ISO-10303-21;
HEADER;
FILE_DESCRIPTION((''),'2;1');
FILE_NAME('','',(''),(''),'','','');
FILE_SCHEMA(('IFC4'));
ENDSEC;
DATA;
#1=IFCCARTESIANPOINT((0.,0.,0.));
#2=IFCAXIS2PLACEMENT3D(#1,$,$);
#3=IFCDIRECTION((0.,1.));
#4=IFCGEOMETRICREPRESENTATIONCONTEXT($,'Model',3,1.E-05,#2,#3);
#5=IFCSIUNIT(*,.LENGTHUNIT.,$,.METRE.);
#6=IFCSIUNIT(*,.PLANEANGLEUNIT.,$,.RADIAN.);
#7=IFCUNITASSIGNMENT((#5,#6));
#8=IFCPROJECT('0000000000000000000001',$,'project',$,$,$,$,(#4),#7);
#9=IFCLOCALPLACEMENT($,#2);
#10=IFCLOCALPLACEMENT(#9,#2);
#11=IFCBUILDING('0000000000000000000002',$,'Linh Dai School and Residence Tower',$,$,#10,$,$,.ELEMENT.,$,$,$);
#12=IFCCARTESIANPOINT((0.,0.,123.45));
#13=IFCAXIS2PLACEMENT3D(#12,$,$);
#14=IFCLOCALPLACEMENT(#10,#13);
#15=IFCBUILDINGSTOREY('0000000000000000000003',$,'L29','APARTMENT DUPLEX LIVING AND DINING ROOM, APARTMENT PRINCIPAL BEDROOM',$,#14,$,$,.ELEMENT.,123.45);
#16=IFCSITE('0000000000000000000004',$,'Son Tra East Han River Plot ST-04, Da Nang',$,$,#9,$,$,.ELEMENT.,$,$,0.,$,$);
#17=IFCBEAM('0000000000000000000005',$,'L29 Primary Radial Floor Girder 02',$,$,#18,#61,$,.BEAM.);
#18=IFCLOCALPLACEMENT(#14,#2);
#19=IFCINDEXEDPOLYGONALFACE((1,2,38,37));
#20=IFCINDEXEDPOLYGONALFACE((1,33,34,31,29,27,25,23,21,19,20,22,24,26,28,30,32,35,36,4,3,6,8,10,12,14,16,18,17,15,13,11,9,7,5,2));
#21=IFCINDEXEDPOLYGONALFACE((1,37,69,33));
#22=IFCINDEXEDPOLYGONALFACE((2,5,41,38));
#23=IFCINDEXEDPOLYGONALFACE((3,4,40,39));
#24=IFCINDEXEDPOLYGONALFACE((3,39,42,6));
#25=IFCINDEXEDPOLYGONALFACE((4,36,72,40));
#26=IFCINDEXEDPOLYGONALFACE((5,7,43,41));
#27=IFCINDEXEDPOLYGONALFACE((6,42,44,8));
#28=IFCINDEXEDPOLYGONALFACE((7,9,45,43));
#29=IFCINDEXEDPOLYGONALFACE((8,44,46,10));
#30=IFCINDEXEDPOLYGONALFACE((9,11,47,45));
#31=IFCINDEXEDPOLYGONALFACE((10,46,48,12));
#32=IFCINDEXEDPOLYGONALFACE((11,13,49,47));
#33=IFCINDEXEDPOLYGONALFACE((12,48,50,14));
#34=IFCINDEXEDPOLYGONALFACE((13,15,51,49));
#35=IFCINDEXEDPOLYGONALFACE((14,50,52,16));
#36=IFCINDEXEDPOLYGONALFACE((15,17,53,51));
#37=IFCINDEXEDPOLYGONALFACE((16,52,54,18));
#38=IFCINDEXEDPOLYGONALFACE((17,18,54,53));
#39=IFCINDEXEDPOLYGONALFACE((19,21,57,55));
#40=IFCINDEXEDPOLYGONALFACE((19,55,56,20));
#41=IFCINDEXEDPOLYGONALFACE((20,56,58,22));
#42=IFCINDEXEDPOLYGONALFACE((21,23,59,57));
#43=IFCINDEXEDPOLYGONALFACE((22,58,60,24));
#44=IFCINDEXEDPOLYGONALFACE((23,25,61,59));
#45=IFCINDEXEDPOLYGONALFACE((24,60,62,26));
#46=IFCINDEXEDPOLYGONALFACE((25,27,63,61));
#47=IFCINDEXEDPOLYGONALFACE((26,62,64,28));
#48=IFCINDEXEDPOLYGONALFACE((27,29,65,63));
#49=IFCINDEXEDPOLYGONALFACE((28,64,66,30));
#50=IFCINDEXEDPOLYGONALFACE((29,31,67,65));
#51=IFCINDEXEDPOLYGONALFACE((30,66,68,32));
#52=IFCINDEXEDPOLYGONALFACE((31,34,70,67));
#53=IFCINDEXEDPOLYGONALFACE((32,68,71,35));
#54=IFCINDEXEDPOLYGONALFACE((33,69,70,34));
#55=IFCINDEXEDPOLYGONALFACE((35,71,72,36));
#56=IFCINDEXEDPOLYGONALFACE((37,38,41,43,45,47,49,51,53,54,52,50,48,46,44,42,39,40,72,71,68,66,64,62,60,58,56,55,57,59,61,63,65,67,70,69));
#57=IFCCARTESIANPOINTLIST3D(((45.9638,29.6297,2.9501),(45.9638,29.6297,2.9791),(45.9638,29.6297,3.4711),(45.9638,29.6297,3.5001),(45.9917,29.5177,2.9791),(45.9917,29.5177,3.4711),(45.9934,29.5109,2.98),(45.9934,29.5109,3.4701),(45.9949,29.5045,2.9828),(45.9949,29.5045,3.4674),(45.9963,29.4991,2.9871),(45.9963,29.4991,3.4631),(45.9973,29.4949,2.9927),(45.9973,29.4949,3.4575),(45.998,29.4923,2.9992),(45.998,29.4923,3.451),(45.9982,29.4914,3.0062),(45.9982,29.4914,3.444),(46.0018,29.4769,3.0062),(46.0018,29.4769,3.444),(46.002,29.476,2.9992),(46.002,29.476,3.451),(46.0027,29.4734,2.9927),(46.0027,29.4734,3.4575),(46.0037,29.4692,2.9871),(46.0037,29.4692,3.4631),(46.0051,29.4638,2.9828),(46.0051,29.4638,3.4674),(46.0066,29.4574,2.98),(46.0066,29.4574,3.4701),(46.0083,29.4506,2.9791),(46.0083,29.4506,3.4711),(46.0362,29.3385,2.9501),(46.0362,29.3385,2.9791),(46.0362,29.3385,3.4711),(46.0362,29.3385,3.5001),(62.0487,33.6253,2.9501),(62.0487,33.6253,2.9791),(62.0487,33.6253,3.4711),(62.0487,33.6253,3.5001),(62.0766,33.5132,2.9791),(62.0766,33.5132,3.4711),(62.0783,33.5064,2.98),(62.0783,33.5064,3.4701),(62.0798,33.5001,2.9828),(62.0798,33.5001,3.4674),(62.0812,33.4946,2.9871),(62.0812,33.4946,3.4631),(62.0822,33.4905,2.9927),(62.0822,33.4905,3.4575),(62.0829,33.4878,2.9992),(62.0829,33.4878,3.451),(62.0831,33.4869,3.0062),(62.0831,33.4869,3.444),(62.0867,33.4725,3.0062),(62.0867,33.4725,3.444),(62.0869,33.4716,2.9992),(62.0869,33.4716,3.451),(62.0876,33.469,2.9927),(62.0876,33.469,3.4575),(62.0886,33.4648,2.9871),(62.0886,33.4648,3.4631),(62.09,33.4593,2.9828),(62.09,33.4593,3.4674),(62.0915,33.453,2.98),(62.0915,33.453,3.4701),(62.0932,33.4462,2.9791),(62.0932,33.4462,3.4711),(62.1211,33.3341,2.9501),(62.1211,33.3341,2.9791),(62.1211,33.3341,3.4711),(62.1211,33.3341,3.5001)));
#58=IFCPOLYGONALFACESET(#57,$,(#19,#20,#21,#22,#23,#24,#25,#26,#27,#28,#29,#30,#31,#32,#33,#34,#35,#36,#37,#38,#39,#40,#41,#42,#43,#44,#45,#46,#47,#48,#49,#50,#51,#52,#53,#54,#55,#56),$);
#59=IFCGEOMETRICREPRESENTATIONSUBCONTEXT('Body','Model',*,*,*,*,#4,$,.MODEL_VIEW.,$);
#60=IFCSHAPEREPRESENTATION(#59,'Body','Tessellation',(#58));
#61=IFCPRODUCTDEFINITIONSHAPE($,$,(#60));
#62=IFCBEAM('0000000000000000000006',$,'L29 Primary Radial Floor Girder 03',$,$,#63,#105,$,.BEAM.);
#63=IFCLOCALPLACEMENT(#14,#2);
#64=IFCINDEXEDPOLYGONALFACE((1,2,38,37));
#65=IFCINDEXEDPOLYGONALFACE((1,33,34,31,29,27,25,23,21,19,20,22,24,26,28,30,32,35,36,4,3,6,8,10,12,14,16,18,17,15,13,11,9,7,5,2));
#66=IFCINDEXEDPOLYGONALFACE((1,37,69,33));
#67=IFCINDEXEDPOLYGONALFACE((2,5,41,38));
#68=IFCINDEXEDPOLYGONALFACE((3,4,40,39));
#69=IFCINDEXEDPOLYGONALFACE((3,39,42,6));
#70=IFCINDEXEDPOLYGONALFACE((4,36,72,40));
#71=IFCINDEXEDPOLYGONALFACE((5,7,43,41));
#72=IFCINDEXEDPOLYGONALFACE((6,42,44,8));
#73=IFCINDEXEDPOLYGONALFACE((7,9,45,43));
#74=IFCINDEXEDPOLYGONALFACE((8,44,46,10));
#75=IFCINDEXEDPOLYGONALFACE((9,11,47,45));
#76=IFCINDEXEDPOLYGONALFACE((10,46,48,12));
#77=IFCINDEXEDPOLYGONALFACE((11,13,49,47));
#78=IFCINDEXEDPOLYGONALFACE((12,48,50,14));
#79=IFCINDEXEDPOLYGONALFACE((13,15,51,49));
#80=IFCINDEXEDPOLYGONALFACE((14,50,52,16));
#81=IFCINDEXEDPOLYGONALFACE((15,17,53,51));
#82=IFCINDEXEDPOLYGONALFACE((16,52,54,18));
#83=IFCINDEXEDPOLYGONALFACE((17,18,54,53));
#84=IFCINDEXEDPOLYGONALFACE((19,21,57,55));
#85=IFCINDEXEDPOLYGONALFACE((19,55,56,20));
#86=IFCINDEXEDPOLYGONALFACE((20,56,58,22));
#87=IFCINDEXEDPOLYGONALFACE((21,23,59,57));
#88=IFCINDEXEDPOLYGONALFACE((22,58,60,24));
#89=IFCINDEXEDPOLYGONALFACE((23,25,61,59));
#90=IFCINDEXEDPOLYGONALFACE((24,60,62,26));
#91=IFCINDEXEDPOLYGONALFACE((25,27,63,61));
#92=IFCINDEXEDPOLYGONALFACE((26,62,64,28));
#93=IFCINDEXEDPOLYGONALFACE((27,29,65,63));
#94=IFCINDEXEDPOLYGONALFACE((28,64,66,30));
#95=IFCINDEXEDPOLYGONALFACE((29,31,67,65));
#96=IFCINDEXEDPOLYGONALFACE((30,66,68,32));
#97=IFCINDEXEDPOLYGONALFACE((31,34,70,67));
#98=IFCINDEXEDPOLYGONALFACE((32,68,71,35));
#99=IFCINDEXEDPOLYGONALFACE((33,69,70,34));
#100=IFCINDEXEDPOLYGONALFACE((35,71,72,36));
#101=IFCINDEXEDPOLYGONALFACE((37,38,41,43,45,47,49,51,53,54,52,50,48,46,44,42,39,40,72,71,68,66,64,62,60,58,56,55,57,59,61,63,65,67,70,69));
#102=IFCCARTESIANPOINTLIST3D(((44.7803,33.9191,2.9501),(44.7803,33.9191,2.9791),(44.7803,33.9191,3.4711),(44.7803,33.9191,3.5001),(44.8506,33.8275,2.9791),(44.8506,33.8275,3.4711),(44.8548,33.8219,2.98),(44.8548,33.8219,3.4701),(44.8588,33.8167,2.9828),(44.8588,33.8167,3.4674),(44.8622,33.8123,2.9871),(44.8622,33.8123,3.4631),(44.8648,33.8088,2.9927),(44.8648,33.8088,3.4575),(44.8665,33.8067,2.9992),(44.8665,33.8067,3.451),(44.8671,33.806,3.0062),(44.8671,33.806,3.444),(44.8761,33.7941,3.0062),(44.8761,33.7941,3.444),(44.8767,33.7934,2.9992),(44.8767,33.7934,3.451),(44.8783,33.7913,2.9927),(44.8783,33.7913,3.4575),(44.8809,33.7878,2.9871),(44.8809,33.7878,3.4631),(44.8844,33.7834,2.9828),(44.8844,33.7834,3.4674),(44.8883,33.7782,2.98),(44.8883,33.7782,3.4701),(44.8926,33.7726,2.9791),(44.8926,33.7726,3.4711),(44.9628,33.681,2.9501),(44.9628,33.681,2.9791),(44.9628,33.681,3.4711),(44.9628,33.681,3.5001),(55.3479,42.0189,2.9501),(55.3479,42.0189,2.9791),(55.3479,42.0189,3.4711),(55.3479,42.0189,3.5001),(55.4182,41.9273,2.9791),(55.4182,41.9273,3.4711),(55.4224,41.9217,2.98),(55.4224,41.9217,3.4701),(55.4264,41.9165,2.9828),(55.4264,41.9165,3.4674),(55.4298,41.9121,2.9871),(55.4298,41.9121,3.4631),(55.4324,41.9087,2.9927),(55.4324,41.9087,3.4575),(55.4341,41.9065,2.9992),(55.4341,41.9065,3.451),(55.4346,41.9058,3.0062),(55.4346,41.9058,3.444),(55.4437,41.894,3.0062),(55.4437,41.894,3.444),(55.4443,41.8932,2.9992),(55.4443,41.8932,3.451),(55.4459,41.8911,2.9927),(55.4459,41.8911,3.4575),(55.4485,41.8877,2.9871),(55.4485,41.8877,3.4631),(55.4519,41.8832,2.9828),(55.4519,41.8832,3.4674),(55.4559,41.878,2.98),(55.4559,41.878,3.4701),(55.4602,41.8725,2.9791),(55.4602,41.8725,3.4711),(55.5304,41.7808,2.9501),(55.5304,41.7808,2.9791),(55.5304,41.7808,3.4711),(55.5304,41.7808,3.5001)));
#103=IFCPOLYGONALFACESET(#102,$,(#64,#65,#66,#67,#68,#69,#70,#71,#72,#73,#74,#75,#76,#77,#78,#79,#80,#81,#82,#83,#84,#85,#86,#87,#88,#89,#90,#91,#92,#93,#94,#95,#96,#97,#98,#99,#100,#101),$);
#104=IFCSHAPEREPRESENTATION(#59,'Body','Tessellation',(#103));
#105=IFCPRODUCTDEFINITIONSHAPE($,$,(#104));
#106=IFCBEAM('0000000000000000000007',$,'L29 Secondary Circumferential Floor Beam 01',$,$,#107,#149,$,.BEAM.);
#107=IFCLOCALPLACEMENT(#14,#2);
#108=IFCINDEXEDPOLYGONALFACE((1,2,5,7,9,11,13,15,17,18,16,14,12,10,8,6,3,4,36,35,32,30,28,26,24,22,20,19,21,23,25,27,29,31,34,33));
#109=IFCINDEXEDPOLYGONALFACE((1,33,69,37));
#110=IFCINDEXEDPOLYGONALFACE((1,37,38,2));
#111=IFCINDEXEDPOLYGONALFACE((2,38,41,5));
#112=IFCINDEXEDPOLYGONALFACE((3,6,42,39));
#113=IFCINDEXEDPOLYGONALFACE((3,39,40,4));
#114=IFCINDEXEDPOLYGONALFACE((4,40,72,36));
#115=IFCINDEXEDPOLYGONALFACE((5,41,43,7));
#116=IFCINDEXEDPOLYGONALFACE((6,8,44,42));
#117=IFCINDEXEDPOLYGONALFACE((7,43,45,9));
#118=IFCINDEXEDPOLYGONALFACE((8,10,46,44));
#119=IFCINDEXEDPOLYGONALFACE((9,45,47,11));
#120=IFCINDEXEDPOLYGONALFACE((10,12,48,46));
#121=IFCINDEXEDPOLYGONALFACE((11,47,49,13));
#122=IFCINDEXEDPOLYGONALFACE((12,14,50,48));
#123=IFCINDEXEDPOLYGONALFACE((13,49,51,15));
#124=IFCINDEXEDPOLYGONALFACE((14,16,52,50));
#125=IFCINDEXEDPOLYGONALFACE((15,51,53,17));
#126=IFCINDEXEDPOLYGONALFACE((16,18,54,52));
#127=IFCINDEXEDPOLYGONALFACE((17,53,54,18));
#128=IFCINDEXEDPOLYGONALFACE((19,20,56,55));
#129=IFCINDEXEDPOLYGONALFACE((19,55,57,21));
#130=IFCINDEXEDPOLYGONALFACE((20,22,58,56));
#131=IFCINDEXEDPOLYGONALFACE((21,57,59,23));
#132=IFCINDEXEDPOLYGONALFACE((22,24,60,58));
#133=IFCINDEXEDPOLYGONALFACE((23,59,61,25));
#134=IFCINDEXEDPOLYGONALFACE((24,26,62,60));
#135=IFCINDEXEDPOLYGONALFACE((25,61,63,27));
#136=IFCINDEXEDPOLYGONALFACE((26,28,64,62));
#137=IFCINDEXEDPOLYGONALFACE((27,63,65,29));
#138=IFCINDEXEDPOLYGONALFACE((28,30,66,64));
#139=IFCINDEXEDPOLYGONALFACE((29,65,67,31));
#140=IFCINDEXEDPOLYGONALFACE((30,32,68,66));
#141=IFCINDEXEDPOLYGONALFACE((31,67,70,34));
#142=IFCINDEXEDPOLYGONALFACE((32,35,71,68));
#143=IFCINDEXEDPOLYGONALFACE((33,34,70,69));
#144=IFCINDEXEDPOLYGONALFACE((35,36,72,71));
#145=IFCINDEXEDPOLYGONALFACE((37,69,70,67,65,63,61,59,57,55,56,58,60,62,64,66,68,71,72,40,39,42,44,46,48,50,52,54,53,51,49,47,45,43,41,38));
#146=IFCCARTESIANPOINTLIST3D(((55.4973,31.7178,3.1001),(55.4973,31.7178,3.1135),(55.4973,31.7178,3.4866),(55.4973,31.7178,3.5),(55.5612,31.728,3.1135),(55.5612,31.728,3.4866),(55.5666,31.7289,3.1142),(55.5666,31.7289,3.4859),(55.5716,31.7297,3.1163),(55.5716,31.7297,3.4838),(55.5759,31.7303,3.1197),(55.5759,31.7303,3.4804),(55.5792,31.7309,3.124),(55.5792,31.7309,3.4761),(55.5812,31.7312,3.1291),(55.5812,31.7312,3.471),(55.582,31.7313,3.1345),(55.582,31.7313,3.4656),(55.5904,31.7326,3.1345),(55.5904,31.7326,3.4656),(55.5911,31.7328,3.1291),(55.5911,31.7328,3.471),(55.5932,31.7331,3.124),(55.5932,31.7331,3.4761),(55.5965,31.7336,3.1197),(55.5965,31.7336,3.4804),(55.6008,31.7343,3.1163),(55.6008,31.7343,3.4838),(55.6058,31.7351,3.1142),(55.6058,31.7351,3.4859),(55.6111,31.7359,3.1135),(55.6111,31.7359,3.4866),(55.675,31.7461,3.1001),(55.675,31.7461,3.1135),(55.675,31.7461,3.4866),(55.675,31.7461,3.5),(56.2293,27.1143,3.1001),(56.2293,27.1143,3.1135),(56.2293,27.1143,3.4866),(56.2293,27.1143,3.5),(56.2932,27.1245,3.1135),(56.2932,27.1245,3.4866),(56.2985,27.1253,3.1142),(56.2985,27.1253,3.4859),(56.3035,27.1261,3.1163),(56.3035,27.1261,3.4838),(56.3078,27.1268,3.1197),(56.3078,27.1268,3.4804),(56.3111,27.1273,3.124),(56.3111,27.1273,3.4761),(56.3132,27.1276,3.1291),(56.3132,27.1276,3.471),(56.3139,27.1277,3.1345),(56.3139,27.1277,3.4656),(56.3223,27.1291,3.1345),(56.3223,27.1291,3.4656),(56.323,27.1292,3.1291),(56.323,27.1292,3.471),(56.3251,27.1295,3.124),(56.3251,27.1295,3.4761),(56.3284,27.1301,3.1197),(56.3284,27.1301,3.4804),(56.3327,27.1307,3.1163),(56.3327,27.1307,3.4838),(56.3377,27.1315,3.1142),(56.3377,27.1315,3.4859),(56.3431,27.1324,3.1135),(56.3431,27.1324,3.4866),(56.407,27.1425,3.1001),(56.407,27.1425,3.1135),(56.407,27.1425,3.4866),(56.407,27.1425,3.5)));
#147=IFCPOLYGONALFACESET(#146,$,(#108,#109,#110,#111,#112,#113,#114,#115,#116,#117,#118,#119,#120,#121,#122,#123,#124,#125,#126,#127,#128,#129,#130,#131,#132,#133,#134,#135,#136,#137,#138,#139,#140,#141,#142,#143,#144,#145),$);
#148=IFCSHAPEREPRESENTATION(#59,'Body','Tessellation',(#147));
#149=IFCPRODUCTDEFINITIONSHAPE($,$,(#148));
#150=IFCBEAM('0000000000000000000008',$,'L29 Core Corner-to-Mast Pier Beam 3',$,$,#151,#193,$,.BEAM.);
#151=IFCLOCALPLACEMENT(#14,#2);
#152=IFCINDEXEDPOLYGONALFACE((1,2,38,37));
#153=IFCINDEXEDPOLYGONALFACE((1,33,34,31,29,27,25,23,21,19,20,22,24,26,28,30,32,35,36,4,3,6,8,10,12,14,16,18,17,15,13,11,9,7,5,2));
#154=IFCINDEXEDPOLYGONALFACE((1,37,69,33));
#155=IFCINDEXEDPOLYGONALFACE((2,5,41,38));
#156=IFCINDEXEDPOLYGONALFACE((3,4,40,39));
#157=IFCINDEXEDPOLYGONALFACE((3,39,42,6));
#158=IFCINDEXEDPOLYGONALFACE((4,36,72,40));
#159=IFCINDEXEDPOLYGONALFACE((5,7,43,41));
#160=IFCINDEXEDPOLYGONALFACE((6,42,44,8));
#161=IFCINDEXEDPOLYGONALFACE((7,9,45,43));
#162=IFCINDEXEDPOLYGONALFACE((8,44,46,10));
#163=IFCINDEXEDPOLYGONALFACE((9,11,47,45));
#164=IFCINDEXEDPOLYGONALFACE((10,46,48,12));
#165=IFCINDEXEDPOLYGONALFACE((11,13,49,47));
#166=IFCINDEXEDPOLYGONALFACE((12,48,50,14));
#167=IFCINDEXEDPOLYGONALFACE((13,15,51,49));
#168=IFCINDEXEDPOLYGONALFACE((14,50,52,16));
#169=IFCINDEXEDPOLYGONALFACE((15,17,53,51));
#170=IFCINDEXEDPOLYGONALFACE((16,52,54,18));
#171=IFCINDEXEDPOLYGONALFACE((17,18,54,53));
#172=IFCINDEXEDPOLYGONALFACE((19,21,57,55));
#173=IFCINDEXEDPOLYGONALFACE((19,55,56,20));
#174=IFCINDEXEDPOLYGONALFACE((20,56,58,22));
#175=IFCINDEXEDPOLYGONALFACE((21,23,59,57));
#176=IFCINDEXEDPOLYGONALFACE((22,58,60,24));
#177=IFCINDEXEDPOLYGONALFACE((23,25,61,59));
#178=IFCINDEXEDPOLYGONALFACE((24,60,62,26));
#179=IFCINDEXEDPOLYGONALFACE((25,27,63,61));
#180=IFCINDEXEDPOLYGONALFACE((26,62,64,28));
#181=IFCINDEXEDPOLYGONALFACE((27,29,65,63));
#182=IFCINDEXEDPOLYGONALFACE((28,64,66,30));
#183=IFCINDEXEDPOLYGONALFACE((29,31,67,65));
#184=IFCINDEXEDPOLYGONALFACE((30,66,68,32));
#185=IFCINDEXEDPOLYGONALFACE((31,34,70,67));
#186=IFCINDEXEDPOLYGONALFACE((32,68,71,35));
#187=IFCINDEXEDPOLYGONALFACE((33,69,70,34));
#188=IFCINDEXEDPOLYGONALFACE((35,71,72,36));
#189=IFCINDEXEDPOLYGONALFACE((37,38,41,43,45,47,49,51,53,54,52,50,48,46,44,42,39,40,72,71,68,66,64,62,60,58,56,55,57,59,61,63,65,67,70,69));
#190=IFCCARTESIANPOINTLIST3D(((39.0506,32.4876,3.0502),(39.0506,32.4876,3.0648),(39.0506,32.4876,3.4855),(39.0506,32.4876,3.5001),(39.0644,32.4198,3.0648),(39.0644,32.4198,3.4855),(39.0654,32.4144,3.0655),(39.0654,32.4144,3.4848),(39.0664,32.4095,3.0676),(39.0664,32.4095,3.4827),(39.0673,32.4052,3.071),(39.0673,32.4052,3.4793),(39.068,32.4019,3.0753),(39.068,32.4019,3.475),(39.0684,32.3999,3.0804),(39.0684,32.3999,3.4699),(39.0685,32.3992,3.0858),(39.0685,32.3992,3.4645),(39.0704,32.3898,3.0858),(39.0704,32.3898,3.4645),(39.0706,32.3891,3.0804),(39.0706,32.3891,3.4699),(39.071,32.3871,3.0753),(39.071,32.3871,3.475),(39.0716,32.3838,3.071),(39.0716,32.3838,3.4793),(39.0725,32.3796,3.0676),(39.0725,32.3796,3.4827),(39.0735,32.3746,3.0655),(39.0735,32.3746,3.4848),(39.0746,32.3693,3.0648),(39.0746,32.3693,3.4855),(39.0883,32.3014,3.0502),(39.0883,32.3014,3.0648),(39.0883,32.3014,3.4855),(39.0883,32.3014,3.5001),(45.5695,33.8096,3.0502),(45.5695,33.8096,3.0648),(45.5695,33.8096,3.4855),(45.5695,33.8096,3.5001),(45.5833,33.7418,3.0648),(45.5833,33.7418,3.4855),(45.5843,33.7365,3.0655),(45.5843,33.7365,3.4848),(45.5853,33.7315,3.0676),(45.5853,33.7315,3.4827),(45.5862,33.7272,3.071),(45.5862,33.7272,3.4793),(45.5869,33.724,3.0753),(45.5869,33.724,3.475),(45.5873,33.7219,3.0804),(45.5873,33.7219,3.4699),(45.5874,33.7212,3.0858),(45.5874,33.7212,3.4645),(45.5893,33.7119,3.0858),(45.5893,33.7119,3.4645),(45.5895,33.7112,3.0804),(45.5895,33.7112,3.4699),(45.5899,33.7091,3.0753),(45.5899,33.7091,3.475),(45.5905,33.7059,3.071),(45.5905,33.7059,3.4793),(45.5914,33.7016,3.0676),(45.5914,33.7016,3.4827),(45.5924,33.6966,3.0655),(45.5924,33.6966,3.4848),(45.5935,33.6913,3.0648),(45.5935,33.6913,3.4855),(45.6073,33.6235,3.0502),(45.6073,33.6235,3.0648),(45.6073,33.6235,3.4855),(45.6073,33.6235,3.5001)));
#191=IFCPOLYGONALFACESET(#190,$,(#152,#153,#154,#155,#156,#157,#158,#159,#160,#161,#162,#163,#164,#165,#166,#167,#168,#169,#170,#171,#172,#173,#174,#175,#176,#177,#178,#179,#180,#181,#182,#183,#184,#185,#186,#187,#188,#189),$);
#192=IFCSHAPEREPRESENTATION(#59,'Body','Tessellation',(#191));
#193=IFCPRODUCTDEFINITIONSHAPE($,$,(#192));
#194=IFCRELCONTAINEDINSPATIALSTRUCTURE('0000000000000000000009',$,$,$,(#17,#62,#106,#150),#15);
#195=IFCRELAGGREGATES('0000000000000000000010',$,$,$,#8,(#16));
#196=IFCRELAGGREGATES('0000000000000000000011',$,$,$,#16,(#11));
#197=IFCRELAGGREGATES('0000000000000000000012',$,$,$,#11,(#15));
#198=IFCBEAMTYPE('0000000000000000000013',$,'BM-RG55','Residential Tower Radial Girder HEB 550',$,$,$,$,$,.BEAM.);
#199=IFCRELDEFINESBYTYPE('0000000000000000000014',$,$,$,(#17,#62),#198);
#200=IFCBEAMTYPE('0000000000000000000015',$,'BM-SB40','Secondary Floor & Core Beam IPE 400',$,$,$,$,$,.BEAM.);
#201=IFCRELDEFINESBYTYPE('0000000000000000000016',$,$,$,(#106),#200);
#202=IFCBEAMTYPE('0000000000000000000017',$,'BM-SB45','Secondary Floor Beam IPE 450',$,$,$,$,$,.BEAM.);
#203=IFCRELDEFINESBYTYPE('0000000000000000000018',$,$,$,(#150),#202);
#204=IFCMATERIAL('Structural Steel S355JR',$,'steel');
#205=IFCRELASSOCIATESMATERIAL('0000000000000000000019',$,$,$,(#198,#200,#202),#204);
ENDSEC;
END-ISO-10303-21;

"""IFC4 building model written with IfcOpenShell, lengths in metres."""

from ifc_helpers import new_model, si_unit, direction, frame, origin, origin_2d, place, context, subcontext, project, spatial, i_section, extrude, material, material_profile, profile_set, type_object, element, save


model = new_model("IFC4")

# Units and contexts
model_context = context("Model", 3, precision=1e-05, world=origin(), true_north=direction((0.0, 1.0)))
body_context = subcontext(model_context, "Body", "Model", "MODEL_VIEW")
ifc_project = project(units=[si_unit("LENGTHUNIT", "METRE"), si_unit("PLANEANGLEUNIT", "RADIAN")], contexts=[model_context])

# Site, building, storey
site_placement = place(None, origin())
site = spatial("IfcSite", under=ifc_project, at=site_placement, Name="Son Tra East Han River Plot ST-04, Da Nang", CompositionType="ELEMENT", RefElevation=0.0)
building_placement = place(site_placement, origin())
building = spatial("IfcBuilding", under=site, at=building_placement, Name="Linh Dai School and Residence Tower", CompositionType="ELEMENT")
storey_placement = place(building_placement, frame((0.0, 0.0, 123.45)))
storey = spatial("IfcBuildingStorey", under=building, at=storey_placement, Name="L29", Description="APARTMENT DUPLEX LIVING AND DINING ROOM, APARTMENT PRINCIPAL BEDROOM", CompositionType="ELEMENT", Elevation=123.45)

# Shared definitions
ifc_material_1 = material(Name="Structural Steel S355JR", Category="steel")

# Beams
ifc_material_profile_1 = material_profile(ifc_material_1, i_section(OverallWidth=0.3, OverallDepth=0.55, WebThickness=0.0149, FlangeThickness=0.0291, FilletRadius=0.0271, at=origin_2d()), Name="HEB 550")
ifc_profile_set_1 = profile_set([ifc_material_profile_1], Name="Structural Steel S355JR")
beam_type_1 = type_object("IfcBeamType", Name="BM-RG55", Description="Residential Tower Radial Girder HEB 550", PredefinedType="BEAM", material=ifc_profile_set_1)
beam_1_placement = place(storey_placement, frame((46.0, 29.4841, 3.2251), z_axis=(0.970505, 0.24108, 0.0), x_axis=(-0.24108, 0.970505, 0.0)))
element("IfcBeam", 1, at=beam_1_placement, inside=storey, type_object=beam_type_1, Name="L29 Primary Radial Floor Girder 02", PredefinedType="BEAM", context=body_context, shape_type="SweptSolid", body=[
    extrude(i_section(OverallWidth=0.3, OverallDepth=0.55, WebThickness=0.0149, FlangeThickness=0.0291, FilletRadius=0.0271, at=origin_2d()), origin(), (0.0, 0.0, 1.0), 16.5737),
])
beam_2_placement = place(storey_placement, frame((44.8716, 33.8, 3.2251), z_axis=(0.793679, 0.608337, 0.0), x_axis=(-0.608337, 0.793679, 0.0)))
element("IfcBeam", 2, at=beam_2_placement, inside=storey, type_object=beam_type_1, Name="L29 Primary Radial Floor Girder 03", PredefinedType="BEAM", context=body_context, shape_type="SweptSolid", body=[
    extrude(i_section(OverallWidth=0.3, OverallDepth=0.55, WebThickness=0.0149, FlangeThickness=0.0291, FilletRadius=0.0271, at=origin_2d()), origin(), (0.0, 0.0, 1.0), 13.3147),
])
ifc_material_profile_2 = material_profile(ifc_material_1, i_section(OverallWidth=0.1799, OverallDepth=0.3999, WebThickness=0.0085, FlangeThickness=0.0134, FilletRadius=0.021, at=origin_2d()), Name="IPE 400")
ifc_profile_set_2 = profile_set([ifc_material_profile_2], Name="Structural Steel S355JR")
beam_type_2 = type_object("IfcBeamType", Name="BM-SB40", Description="Secondary Floor & Core Beam IPE 400", PredefinedType="BEAM", material=ifc_profile_set_2)
beam_3_placement = place(storey_placement, frame((56.3181, 27.1284, 3.3), z_axis=(-0.157022, 0.987595, 0.0), x_axis=(-0.987595, -0.157022, 0.0)))
element("IfcBeam", 3, at=beam_3_placement, inside=storey, type_object=beam_type_2, Name="L29 Secondary Circumferential Floor Beam 01", PredefinedType="BEAM", context=body_context, shape_type="SweptSolid", body=[
    extrude(i_section(OverallWidth=0.1799, OverallDepth=0.3999, WebThickness=0.0085, FlangeThickness=0.0134, FilletRadius=0.021, at=origin_2d()), origin(), (0.0, 0.0, 1.0), 4.6614),
])
ifc_material_profile_3 = material_profile(ifc_material_1, i_section(OverallWidth=0.1899, OverallDepth=0.45, WebThickness=0.0095, FlangeThickness=0.0146, FilletRadius=0.021, at=origin_2d()), Name="IPE 450")
ifc_profile_set_3 = profile_set([ifc_material_profile_3], Name="Structural Steel S355JR")
beam_type_3 = type_object("IfcBeamType", Name="BM-SB45", Description="Secondary Floor Beam IPE 450", PredefinedType="BEAM", material=ifc_profile_set_3)
beam_4_placement = place(storey_placement, frame((45.5884, 33.7166, 3.2751), z_axis=(-0.980049, -0.198755, 0.0), x_axis=(0.198755, -0.980049, 0.0)))
element("IfcBeam", 4, at=beam_4_placement, inside=storey, type_object=beam_type_3, Name="L29 Core Corner-to-Mast Pier Beam 3", PredefinedType="BEAM", context=body_context, shape_type="SweptSolid", body=[
    extrude(i_section(OverallWidth=0.1899, OverallDepth=0.45, WebThickness=0.0095, FlangeThickness=0.0146, FilletRadius=0.021, at=origin_2d()), origin(), (0.0, 0.0, 1.0), 6.6516),
])

save(model, "model.ifc")
